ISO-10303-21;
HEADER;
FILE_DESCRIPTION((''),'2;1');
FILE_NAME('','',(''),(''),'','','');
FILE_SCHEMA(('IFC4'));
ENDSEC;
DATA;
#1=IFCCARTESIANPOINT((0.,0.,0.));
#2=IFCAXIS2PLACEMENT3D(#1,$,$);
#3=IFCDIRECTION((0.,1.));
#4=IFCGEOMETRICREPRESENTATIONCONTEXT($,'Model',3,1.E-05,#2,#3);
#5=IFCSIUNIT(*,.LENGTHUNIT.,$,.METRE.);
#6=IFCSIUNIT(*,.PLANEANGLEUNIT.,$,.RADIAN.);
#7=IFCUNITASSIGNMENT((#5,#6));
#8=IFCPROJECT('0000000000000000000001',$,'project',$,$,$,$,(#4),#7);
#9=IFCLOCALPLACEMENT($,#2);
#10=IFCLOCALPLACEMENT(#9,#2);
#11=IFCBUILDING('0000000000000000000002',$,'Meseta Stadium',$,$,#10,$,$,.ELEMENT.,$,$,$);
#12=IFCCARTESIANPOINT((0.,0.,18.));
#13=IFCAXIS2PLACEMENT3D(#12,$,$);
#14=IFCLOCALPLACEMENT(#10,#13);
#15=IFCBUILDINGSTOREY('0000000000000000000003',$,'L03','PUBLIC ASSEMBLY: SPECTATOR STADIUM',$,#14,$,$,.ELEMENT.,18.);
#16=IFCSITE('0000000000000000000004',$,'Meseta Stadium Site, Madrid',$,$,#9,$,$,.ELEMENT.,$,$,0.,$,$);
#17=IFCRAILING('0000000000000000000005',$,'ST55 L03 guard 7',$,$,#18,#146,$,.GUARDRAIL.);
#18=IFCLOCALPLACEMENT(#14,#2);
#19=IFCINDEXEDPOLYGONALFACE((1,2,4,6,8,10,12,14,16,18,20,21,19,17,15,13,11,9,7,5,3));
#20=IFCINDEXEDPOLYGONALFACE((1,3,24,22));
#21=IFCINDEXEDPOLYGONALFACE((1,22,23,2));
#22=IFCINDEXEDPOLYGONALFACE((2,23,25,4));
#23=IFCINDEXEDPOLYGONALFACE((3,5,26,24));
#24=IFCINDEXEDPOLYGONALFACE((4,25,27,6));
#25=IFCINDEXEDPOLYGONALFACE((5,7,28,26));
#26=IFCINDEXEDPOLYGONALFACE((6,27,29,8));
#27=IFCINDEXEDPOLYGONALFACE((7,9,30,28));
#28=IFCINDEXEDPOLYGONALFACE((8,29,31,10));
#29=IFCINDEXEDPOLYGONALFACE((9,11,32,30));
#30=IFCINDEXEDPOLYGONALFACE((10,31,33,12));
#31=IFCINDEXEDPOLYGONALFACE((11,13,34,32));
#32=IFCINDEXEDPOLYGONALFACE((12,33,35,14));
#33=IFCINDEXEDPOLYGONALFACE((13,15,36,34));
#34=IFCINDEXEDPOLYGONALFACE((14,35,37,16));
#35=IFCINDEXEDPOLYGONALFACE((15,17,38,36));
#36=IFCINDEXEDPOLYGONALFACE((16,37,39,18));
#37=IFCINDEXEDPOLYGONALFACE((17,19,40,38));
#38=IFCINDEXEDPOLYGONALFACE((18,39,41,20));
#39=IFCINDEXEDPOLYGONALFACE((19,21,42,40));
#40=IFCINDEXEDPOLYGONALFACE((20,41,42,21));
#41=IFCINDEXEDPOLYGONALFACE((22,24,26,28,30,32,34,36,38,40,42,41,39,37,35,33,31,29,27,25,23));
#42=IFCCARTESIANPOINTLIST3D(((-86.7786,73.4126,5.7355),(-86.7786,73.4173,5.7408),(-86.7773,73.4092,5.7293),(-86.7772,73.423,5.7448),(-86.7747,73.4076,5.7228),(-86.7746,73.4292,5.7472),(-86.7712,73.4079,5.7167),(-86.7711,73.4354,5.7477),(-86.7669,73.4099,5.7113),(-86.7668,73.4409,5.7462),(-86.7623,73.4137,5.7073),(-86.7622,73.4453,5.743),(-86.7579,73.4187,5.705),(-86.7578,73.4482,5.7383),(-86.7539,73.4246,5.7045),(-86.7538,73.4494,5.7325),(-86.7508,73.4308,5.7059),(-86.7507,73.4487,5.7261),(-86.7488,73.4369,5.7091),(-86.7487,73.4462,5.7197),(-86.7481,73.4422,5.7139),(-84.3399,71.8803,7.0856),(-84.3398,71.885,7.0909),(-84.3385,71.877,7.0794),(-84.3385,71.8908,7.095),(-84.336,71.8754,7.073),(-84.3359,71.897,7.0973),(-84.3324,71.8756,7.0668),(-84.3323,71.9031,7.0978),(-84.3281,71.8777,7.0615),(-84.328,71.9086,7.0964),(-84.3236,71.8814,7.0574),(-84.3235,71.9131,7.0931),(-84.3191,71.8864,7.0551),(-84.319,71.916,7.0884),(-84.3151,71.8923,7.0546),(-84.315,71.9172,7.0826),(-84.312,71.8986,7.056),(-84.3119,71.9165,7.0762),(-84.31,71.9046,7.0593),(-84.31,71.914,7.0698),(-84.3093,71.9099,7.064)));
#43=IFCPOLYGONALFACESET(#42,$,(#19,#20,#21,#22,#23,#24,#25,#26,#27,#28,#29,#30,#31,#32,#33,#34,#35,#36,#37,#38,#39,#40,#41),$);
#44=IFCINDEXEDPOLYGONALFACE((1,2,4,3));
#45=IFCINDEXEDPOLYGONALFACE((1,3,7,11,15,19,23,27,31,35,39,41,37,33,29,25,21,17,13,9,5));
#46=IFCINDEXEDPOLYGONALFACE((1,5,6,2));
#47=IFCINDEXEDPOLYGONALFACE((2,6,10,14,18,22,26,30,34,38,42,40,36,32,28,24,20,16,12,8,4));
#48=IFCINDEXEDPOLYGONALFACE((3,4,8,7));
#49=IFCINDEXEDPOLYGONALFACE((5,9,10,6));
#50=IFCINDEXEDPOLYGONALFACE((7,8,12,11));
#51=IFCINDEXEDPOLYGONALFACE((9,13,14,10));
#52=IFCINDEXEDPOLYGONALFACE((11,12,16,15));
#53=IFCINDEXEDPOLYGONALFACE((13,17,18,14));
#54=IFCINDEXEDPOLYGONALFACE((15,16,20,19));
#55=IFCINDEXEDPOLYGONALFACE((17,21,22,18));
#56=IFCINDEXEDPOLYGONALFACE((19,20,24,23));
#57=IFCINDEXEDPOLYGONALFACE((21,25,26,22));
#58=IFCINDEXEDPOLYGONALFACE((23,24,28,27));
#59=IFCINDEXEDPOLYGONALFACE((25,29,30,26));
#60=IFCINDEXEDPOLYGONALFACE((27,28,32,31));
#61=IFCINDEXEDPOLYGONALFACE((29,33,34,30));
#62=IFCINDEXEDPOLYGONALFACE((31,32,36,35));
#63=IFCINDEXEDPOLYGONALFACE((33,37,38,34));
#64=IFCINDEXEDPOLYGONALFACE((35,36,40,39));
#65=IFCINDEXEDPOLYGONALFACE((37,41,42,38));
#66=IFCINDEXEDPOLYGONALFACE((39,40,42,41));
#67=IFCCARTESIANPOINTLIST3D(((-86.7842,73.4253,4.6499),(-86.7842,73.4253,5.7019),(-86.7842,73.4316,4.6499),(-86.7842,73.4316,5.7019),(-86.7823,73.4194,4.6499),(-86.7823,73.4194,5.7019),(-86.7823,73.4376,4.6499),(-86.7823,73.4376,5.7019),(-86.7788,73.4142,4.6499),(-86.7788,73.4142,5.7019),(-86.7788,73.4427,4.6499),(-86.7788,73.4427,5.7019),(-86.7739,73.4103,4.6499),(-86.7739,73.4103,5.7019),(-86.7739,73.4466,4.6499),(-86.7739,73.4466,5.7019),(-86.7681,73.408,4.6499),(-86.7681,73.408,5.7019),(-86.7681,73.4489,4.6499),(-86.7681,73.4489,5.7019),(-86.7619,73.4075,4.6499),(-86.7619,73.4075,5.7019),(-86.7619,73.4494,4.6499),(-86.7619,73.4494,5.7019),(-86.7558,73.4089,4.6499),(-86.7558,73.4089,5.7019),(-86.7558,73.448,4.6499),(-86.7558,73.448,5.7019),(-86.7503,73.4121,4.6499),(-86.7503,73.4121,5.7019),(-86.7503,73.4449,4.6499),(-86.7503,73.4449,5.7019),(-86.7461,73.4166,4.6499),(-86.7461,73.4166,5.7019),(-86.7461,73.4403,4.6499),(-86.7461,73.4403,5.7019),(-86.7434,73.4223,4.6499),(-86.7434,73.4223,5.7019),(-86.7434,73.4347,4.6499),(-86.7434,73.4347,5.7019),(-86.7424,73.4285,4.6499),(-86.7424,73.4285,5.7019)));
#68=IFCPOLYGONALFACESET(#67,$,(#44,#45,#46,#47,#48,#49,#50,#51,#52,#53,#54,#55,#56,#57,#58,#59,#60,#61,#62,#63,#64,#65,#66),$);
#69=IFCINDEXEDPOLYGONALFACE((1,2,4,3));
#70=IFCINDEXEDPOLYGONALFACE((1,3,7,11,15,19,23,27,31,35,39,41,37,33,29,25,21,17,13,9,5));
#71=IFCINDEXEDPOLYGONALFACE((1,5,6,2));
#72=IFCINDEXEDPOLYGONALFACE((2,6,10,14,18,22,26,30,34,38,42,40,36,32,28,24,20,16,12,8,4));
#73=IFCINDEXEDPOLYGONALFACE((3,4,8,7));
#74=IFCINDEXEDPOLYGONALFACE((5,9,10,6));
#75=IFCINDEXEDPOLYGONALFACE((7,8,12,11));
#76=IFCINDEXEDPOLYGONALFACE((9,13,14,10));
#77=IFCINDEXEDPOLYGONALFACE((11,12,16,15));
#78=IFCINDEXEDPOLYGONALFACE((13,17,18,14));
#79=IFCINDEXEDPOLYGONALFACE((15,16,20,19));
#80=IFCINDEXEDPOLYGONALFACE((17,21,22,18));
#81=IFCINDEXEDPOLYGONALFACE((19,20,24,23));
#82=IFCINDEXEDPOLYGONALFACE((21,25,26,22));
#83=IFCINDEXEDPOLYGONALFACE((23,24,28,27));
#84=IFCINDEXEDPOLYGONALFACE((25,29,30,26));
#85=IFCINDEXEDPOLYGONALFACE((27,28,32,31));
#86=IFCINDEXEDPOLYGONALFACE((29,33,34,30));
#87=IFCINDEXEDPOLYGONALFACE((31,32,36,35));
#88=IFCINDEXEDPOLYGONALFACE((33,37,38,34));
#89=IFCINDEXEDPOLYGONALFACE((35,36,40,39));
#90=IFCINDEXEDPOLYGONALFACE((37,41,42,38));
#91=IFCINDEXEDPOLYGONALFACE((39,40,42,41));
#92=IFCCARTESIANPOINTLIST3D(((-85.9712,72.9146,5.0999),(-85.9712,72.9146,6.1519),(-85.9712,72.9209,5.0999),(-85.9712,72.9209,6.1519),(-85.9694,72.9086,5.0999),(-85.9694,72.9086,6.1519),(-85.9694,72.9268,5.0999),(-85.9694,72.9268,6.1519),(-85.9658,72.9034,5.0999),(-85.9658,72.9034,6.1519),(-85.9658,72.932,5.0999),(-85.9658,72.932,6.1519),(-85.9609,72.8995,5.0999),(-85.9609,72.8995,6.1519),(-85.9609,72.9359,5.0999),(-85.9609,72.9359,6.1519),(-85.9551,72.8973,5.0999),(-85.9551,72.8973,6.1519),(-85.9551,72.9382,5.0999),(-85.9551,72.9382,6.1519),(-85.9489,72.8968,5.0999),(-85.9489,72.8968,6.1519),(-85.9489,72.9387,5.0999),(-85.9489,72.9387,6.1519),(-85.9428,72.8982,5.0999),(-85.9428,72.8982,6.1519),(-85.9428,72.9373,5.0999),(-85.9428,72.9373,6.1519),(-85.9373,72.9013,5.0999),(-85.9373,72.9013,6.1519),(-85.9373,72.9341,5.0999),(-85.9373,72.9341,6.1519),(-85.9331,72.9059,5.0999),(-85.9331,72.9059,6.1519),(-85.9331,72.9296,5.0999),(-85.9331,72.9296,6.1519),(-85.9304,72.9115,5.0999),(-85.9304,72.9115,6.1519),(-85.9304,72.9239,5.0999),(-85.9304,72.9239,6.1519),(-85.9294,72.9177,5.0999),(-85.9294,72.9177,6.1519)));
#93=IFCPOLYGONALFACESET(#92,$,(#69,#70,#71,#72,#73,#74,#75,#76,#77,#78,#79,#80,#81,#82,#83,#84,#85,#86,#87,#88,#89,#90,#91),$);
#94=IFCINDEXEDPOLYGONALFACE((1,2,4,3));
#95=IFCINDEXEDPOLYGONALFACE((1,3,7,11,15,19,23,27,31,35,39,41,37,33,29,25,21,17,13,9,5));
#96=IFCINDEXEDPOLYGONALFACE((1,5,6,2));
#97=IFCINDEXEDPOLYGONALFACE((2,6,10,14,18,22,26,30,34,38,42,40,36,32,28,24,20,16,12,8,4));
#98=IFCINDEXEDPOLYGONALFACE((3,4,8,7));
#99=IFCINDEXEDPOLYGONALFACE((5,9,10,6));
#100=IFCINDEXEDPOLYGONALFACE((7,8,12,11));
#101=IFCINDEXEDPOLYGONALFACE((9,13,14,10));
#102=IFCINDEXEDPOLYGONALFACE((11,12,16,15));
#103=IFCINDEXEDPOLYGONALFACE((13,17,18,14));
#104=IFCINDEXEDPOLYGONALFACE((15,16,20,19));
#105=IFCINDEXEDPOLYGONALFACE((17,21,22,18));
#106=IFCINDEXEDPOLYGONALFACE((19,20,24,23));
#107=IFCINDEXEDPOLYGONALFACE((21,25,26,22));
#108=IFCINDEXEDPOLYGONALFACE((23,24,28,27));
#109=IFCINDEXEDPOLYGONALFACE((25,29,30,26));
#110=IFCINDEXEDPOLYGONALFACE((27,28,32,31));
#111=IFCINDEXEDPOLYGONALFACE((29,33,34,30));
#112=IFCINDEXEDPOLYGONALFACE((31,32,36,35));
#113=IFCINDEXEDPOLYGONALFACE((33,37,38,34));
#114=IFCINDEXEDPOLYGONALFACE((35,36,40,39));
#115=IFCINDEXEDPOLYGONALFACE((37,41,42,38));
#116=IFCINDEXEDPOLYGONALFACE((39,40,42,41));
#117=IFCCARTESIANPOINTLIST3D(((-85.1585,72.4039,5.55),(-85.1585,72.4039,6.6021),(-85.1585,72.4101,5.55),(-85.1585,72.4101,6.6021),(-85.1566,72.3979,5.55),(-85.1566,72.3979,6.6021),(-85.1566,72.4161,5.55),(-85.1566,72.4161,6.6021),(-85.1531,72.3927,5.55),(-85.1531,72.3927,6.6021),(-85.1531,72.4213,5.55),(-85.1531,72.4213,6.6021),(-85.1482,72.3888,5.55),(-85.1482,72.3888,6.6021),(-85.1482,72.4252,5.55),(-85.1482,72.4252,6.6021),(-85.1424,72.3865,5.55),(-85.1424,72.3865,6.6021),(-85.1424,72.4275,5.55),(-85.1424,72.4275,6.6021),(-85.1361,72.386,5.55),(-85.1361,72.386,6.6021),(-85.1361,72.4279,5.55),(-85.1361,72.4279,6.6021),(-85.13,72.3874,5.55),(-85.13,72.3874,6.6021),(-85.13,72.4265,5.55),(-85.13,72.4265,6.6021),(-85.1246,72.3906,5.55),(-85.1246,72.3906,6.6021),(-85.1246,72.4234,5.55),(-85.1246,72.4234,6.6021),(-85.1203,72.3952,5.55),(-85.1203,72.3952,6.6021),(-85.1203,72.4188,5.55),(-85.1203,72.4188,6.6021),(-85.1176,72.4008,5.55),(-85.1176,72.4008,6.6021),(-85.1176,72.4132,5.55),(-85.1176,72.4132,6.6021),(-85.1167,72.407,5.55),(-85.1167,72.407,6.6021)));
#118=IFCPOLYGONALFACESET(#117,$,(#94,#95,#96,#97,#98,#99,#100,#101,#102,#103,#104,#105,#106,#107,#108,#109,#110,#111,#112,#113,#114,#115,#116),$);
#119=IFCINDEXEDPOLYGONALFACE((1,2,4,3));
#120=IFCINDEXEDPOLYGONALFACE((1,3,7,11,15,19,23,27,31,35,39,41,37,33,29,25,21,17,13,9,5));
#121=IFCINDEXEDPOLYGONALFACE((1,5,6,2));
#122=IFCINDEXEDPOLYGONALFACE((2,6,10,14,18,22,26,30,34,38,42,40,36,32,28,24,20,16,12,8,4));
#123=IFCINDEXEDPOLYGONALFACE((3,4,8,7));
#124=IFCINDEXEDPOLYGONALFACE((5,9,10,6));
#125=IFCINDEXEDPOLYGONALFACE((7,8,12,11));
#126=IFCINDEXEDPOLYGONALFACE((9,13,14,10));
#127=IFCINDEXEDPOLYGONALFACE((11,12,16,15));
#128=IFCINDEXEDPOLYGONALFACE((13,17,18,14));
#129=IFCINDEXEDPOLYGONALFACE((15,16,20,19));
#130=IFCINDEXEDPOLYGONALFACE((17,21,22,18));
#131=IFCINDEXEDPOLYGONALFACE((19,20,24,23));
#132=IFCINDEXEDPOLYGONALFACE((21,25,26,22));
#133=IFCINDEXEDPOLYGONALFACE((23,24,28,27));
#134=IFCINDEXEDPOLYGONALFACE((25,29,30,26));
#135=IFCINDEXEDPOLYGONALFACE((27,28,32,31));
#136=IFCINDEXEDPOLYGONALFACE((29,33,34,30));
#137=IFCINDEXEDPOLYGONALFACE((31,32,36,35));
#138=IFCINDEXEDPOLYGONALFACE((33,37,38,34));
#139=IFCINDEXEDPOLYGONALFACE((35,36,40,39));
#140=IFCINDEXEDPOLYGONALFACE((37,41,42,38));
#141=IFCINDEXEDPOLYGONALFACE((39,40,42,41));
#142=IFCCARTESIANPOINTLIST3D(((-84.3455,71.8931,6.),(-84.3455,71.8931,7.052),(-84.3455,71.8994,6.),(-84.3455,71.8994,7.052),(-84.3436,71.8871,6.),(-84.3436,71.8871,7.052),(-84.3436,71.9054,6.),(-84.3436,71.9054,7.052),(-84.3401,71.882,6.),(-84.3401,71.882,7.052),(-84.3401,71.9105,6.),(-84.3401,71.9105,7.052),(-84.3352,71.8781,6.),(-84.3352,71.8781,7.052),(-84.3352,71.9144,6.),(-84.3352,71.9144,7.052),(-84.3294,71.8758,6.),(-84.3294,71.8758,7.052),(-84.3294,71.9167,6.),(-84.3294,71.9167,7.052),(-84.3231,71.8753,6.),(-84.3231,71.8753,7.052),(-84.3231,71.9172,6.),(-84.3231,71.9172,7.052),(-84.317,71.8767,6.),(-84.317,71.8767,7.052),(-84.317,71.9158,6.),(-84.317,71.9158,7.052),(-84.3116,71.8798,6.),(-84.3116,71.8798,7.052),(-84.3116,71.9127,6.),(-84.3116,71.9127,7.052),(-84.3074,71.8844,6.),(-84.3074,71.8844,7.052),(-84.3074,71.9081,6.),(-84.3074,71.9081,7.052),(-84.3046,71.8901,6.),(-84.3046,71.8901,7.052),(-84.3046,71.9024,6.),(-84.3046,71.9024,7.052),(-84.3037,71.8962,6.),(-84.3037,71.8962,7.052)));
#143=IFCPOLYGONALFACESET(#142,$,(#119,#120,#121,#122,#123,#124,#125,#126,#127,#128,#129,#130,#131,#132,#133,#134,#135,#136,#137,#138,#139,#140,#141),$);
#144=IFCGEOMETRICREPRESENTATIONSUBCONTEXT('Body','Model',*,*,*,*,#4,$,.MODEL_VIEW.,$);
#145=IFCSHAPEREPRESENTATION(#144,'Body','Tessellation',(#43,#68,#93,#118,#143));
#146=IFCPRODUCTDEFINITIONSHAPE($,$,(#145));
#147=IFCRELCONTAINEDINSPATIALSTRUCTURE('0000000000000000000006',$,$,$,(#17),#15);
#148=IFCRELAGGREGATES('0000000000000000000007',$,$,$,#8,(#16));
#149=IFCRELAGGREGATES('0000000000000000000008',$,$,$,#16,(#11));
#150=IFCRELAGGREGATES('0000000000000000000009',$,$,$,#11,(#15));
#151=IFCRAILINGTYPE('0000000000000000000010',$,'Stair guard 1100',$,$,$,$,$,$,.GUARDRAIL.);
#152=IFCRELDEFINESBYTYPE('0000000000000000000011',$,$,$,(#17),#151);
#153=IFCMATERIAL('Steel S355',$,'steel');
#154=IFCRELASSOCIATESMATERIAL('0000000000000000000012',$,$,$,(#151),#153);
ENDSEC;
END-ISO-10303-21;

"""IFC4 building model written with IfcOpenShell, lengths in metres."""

from ifc_helpers import new_model, si_unit, direction, frame, origin, origin_2d, place, context, subcontext, project, spatial, circle, extrude, material, type_object, element, save


model = new_model("IFC4")

# Units and contexts
model_context = context("Model", 3, precision=1e-05, world=origin(), true_north=direction((0.0, 1.0)))
body_context = subcontext(model_context, "Body", "Model", "MODEL_VIEW")
ifc_project = project(units=[si_unit("LENGTHUNIT", "METRE"), si_unit("PLANEANGLEUNIT", "RADIAN")], contexts=[model_context])

# Site, building, storey
site_placement = place(None, origin())
site = spatial("IfcSite", under=ifc_project, at=site_placement, Name="Meseta Stadium Site, Madrid", CompositionType="ELEMENT", RefElevation=0.0)
building_placement = place(site_placement, origin())
building = spatial("IfcBuilding", under=site, at=building_placement, Name="Meseta Stadium", CompositionType="ELEMENT")
storey_placement = place(building_placement, frame((0.0, 0.0, 18.0)))
storey = spatial("IfcBuildingStorey", under=building, at=storey_placement, Name="L03", Description="PUBLIC ASSEMBLY: SPECTATOR STADIUM", CompositionType="ELEMENT", Elevation=18.0)

# Railing
ifc_material_1 = material(Name="Steel S355", Category="steel")
railing_type_1 = type_object("IfcRailingType", Name="Stair guard 1100", PredefinedType="GUARDRAIL", material=ifc_material_1)
railing_1_placement = place(storey_placement, frame((-86.7634, 73.4285, 4.6499)))
element("IfcRailing", 1, at=railing_1_placement, inside=storey, type_object=railing_type_1, Name="ST55 L03 guard 7", PredefinedType="GUARDRAIL", context=body_context, shape_type="SweptSolid", body=[
    extrude(circle(Radius=0.0239, at=origin_2d()), frame((0.0, 0.0, 1.0762), z_axis=(0.766687, -0.481703, 0.424445), x_axis=(0.532001, 0.846743, 0.0)), (0.0, 0.0, 1.0), 3.1809),
    extrude(circle(Radius=0.021, at=origin_2d()), origin(), (0.0, 0.0, 1.0), 1.052),
    extrude(circle(Radius=0.021, at=origin_2d()), frame((0.813, -0.5107, 0.45)), (0.0, 0.0, 1.0), 1.052),
    extrude(circle(Radius=0.021, at=origin_2d()), frame((1.6257, -1.0215, 0.9001)), (0.0, 0.0, 1.0), 1.052),
    extrude(circle(Radius=0.021, at=origin_2d()), frame((2.4387, -1.5322, 1.3501)), (0.0, 0.0, 1.0), 1.052),
])

save(model, "model.ifc")
